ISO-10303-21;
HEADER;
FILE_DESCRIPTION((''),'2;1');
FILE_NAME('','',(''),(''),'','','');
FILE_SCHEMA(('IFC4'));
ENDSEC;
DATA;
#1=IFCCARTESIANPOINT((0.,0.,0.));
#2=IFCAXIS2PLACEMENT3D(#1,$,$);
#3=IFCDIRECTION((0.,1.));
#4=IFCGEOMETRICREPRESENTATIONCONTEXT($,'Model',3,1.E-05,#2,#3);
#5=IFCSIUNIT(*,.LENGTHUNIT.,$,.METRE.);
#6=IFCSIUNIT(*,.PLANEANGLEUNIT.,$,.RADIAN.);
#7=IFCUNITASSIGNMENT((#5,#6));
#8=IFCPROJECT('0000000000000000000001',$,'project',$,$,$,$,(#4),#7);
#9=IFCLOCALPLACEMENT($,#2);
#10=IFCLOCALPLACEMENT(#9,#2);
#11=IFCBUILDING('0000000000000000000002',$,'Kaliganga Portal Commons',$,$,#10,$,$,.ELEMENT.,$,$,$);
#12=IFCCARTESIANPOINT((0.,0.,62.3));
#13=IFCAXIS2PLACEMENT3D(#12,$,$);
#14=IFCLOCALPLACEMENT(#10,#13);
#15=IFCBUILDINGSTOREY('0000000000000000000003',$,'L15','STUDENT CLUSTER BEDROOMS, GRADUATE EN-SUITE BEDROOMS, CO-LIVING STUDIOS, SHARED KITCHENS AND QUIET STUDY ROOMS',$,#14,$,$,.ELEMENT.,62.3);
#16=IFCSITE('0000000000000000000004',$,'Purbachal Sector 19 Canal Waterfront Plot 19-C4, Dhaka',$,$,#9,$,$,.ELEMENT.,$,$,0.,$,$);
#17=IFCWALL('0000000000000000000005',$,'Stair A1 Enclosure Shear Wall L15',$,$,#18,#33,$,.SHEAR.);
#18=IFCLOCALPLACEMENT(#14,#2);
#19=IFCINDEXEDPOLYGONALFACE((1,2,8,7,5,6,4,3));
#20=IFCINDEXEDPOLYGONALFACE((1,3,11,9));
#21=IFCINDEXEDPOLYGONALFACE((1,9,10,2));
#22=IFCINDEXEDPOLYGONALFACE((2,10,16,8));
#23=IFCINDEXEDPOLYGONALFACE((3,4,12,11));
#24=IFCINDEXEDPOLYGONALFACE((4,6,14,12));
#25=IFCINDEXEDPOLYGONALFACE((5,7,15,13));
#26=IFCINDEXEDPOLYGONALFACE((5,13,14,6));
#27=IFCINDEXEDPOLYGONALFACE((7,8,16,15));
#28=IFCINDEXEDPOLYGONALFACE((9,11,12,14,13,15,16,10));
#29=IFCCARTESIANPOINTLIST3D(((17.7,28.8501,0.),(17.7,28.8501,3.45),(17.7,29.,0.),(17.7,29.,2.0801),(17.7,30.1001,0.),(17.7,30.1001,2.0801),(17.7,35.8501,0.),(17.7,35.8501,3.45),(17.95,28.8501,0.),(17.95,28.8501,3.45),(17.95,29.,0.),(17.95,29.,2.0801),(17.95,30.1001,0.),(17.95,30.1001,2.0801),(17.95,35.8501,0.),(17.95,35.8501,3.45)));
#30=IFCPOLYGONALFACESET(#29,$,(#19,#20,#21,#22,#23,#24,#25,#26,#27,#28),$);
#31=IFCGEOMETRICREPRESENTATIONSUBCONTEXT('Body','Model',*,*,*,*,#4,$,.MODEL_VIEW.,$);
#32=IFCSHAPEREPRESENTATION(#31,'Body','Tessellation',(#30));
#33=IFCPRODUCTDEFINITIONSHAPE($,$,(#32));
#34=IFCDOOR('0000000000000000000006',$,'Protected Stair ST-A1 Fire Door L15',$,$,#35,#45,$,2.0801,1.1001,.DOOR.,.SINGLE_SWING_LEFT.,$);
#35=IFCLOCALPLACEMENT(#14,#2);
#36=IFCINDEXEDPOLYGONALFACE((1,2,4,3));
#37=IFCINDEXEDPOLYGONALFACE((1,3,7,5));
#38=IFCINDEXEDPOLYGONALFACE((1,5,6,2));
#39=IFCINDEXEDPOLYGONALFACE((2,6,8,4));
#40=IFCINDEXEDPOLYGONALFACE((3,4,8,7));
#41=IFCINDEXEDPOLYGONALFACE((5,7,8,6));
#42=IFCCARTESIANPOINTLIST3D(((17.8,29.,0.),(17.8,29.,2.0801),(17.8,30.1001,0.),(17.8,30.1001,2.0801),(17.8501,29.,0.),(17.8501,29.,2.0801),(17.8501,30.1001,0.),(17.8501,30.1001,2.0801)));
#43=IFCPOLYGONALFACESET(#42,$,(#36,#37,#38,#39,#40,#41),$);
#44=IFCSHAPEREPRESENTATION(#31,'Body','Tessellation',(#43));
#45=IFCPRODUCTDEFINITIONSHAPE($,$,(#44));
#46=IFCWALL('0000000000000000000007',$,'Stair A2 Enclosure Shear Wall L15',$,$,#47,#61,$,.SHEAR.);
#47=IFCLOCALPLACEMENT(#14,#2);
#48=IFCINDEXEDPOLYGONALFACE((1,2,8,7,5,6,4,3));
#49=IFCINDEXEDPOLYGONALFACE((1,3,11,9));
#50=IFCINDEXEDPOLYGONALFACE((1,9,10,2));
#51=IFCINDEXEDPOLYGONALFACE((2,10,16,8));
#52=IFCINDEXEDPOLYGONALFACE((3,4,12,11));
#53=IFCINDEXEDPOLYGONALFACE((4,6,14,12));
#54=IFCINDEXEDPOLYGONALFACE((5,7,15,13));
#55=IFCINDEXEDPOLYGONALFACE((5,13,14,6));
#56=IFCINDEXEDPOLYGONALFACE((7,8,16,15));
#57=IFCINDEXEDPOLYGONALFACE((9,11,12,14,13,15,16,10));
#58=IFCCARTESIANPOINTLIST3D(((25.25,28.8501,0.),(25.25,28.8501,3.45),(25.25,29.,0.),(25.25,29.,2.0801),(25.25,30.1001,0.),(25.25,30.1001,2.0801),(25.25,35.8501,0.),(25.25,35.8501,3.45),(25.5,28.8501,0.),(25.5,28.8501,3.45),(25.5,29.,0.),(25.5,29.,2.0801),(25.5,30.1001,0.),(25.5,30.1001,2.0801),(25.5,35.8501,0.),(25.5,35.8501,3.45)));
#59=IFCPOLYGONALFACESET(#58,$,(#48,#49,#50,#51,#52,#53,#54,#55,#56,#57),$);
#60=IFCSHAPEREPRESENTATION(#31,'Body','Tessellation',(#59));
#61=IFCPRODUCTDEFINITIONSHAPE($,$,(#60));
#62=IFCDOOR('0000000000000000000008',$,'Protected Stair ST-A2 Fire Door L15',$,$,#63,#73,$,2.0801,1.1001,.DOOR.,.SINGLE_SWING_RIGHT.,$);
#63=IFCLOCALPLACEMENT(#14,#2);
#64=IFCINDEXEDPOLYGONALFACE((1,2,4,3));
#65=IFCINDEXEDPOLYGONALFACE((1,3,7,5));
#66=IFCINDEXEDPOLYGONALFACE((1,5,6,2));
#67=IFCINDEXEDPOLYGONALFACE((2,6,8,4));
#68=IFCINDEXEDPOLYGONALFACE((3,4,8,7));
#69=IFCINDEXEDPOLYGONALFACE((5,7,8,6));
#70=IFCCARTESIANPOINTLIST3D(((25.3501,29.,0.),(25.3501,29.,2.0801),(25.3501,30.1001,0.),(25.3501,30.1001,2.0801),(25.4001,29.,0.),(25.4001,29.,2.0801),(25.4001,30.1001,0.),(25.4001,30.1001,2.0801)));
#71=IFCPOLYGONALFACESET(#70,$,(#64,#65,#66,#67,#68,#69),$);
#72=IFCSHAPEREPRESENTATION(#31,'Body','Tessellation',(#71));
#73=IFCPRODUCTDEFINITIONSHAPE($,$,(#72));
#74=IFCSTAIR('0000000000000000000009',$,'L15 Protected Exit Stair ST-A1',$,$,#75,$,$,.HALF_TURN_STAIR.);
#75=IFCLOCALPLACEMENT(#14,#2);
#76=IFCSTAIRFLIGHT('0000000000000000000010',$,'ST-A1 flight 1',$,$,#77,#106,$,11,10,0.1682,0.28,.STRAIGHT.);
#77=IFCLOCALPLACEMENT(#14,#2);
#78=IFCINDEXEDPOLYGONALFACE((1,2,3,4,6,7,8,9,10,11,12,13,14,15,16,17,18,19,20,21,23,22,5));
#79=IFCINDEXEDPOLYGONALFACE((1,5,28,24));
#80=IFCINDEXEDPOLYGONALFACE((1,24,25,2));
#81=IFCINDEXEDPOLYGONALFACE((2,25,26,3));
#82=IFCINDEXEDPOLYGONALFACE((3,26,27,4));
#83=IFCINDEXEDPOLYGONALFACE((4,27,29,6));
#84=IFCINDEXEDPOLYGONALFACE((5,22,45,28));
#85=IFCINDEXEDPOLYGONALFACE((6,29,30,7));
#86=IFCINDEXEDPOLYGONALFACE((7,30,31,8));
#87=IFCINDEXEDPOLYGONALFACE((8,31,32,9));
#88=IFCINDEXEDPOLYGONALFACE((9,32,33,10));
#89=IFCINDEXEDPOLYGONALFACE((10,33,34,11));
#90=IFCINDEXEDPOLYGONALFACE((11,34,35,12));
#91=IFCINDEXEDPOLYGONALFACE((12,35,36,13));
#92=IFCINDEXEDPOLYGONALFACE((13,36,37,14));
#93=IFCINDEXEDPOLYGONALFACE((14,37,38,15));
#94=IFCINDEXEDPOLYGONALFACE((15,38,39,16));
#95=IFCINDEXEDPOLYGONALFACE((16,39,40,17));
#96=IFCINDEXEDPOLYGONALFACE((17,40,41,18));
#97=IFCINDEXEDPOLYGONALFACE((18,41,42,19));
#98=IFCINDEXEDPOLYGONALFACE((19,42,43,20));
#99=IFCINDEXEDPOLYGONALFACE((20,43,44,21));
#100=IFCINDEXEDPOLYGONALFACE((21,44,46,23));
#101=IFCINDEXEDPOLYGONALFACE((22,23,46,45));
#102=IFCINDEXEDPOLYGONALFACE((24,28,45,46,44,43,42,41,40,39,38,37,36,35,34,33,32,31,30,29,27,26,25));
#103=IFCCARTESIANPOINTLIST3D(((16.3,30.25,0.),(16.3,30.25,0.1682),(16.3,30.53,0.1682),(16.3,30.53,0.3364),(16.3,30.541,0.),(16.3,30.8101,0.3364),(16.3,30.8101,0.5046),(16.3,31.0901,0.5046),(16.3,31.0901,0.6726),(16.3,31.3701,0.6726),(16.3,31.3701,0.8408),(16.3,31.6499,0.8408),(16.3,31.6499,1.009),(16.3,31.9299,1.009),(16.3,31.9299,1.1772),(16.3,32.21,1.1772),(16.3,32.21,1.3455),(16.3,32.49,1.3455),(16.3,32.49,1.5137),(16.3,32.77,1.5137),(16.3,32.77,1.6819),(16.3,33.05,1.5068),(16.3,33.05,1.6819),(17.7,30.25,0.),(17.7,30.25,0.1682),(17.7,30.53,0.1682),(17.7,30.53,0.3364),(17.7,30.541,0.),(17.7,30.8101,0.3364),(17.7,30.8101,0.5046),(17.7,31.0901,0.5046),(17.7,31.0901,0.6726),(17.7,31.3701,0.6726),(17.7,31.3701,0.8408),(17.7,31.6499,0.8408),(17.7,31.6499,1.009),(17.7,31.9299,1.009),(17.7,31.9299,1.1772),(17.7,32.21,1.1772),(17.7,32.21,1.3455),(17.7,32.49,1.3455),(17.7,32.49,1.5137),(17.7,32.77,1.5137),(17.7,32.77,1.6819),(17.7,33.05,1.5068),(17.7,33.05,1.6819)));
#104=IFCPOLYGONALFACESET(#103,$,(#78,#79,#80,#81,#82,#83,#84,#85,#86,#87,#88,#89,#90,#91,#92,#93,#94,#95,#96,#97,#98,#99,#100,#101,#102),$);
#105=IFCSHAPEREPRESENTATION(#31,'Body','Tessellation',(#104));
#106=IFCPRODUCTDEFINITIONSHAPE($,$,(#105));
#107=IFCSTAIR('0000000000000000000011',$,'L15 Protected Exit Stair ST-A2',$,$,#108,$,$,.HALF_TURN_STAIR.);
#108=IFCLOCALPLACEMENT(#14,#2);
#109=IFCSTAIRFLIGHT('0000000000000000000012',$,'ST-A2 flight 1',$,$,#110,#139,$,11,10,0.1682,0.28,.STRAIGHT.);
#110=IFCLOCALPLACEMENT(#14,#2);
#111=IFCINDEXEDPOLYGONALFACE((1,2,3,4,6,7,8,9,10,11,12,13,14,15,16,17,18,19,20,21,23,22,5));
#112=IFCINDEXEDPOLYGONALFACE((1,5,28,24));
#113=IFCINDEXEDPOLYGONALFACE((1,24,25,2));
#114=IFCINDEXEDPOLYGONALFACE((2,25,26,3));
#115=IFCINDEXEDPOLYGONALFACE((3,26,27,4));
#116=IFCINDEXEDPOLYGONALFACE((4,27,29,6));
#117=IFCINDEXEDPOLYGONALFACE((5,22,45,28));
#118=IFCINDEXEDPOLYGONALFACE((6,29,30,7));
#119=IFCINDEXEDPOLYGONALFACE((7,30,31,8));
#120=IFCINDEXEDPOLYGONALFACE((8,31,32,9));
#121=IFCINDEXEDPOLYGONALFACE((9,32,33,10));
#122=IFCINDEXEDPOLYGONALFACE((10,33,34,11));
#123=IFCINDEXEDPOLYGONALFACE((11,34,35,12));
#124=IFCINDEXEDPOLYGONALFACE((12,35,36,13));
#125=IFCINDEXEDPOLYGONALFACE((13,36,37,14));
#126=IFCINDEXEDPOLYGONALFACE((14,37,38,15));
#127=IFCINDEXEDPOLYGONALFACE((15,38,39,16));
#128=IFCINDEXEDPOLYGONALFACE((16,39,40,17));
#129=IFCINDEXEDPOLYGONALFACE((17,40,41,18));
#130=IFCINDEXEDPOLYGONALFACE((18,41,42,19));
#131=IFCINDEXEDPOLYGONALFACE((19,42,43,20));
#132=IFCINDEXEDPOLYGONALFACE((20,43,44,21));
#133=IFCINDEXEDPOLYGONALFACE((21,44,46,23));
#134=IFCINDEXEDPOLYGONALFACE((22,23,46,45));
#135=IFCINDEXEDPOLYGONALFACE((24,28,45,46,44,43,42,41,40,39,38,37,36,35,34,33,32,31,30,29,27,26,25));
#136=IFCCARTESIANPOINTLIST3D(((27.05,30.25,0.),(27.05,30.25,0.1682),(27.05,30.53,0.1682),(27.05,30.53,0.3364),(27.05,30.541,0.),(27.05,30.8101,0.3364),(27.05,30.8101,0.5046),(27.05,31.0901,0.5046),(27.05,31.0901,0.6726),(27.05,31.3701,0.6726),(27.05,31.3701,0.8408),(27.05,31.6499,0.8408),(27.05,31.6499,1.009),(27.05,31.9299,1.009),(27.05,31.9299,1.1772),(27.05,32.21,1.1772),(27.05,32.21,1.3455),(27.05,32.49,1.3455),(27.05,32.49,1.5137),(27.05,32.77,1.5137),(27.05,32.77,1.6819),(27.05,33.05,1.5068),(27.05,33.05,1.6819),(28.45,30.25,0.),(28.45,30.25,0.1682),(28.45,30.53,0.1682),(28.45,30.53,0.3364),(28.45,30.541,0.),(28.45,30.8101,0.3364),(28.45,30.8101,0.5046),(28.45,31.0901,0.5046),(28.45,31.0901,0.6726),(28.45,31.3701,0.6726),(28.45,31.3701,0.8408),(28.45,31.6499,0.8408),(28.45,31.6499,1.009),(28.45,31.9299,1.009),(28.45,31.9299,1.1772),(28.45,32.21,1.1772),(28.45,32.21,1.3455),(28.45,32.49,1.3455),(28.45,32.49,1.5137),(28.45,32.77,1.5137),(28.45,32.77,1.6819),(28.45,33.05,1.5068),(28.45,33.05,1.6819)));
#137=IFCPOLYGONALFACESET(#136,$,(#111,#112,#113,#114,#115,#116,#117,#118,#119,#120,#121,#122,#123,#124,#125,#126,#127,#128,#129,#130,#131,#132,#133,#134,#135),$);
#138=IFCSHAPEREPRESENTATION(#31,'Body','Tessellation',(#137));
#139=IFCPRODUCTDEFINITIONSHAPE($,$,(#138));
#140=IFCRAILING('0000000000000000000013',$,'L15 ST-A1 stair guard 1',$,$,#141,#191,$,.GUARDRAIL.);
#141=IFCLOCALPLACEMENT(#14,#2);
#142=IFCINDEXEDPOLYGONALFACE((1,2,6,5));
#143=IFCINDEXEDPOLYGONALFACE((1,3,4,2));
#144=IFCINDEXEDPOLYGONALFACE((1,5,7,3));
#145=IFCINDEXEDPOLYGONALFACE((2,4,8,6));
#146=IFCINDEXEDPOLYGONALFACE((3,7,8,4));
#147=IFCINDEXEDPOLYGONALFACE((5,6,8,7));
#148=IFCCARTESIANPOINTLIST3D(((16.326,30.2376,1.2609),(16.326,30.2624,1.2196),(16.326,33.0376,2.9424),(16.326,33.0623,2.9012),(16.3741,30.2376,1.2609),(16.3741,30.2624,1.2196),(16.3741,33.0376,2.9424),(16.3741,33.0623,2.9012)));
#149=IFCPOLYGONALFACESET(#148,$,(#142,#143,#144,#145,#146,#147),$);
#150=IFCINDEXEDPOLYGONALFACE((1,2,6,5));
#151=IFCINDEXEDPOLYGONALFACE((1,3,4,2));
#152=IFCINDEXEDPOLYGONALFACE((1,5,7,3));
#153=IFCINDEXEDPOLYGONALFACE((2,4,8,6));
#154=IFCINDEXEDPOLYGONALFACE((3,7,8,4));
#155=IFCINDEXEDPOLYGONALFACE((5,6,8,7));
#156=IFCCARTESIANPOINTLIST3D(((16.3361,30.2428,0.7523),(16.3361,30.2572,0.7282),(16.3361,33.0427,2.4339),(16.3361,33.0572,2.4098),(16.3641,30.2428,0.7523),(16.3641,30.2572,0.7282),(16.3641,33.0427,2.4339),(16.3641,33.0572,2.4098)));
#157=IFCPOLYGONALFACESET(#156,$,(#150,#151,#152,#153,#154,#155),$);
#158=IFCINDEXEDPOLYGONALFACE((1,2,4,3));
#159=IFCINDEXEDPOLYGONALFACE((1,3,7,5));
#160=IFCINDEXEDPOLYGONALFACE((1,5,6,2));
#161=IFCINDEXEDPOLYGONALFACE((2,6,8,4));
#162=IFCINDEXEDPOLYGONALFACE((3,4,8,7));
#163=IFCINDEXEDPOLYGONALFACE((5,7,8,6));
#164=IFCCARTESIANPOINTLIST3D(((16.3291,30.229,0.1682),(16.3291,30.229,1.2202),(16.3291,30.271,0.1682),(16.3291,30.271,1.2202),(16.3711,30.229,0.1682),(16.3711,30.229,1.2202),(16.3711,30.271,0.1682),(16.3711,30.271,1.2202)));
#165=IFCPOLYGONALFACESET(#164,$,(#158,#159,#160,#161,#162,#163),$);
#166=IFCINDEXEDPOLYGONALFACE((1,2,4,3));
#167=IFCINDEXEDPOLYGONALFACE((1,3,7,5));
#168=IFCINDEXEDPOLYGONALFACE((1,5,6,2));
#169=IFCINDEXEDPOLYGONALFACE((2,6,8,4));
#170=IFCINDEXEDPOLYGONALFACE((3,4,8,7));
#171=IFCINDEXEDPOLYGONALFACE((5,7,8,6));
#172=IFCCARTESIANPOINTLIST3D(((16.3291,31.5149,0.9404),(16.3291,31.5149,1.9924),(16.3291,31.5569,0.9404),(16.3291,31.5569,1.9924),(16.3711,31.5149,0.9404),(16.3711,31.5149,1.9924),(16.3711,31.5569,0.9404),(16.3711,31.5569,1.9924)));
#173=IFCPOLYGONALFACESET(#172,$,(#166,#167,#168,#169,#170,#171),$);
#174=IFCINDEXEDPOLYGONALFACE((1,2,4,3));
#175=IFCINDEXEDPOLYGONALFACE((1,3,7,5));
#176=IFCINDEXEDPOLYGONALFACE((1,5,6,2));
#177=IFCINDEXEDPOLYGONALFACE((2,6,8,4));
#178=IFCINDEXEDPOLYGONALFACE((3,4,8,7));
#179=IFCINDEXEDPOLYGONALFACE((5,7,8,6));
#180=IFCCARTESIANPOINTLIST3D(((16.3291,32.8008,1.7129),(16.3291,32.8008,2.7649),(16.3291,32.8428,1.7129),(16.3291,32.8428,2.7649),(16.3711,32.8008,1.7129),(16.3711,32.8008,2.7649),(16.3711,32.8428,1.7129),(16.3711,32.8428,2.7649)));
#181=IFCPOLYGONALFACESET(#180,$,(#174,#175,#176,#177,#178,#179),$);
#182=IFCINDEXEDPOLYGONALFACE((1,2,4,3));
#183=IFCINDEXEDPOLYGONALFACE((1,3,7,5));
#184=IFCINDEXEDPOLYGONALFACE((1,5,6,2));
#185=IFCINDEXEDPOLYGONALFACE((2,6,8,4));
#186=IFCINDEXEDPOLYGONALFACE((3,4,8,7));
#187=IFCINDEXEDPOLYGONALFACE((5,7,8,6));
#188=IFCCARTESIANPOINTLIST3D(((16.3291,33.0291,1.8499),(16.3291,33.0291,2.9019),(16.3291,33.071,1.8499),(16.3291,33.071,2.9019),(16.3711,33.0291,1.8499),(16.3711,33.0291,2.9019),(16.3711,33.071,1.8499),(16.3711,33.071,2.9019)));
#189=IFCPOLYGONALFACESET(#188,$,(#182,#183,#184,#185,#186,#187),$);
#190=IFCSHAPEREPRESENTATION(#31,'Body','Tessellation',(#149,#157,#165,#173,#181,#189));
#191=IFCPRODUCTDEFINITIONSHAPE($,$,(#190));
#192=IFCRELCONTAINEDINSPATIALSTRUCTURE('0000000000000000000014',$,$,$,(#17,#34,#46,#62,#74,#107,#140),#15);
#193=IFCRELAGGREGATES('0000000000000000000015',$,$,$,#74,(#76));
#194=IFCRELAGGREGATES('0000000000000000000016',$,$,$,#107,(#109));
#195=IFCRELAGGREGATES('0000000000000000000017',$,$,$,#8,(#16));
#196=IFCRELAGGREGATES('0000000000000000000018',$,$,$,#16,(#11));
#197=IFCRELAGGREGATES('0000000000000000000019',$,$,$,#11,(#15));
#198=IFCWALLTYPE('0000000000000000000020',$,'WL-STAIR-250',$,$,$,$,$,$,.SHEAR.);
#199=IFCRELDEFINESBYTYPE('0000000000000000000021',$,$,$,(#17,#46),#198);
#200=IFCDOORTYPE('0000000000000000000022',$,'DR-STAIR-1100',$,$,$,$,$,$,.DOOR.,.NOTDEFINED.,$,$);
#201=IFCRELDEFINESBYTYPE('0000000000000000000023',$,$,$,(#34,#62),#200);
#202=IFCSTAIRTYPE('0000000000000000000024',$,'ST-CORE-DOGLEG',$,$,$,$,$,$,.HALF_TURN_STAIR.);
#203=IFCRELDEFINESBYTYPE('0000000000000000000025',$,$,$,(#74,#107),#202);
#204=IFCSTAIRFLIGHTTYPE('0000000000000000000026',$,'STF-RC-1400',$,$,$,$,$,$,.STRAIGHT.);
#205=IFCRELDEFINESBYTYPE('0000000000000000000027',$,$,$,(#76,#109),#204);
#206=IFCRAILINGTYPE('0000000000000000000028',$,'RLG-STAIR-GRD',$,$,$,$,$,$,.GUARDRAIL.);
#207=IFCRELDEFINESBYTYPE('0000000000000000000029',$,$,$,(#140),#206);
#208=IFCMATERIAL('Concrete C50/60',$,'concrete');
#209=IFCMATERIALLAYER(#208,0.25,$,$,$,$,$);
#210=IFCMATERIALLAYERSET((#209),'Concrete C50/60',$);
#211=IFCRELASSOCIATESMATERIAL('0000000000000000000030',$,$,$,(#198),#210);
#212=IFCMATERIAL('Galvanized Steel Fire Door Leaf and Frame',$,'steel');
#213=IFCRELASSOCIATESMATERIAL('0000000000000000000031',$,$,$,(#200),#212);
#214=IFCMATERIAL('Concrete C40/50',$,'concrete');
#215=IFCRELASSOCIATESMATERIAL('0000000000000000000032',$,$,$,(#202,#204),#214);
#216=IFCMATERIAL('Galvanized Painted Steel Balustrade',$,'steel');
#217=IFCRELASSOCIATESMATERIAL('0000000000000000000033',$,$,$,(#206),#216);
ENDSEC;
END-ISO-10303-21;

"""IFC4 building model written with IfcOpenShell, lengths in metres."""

from ifc_helpers import new_model, si_unit, direction, frame, frame_2d, origin, origin_2d, place, context, subcontext, project, spatial, polyline, rectangle, outline, extrude, material, layer, layer_set, type_object, element, fill, aggregate, save


model = new_model("IFC4")

# Units and contexts
model_context = context("Model", 3, precision=1e-05, world=origin(), true_north=direction((0.0, 1.0)))
body_context = subcontext(model_context, "Body", "Model", "MODEL_VIEW")
ifc_project = project(units=[si_unit("LENGTHUNIT", "METRE"), si_unit("PLANEANGLEUNIT", "RADIAN")], contexts=[model_context])

# Site, building, storey
site_placement = place(None, origin())
site = spatial("IfcSite", under=ifc_project, at=site_placement, Name="Purbachal Sector 19 Canal Waterfront Plot 19-C4, Dhaka", CompositionType="ELEMENT", RefElevation=0.0)
building_placement = place(site_placement, origin())
building = spatial("IfcBuilding", under=site, at=building_placement, Name="Kaliganga Portal Commons", CompositionType="ELEMENT")
storey_placement = place(building_placement, frame((0.0, 0.0, 62.3)))
storey = spatial("IfcBuildingStorey", under=building, at=storey_placement, Name="L15", Description="STUDENT CLUSTER BEDROOMS, GRADUATE EN-SUITE BEDROOMS, CO-LIVING STUDIOS, SHARED KITCHENS AND QUIET STUDY ROOMS", CompositionType="ELEMENT", Elevation=62.3)

# Walls, openings, doors
ifc_material_1 = material(Name="Concrete C50/60", Category="concrete")
ifc_layer_1 = layer(ifc_material_1, 0.25)
ifc_layer_set_1 = layer_set([ifc_layer_1], Name="Concrete C50/60")
wall_type_1 = type_object("IfcWallType", Name="WL-STAIR-250", PredefinedType="SHEAR", material=ifc_layer_set_1)
wall_1_placement = place(storey_placement, frame((17.825, 28.8501, 0.0), z_axis=(0.0, 0.0, 1.0), x_axis=(0.0, 1.0, 0.0)))
wall_1 = element("IfcWall", 1, at=wall_1_placement, inside=storey, type_object=wall_type_1, Name="Stair A1 Enclosure Shear Wall L15", PredefinedType="SHEAR", context=body_context, shape_type="SweptSolid", body=[
    extrude(rectangle(XDim=7.0, YDim=0.25, at=frame_2d((3.5, 0.0))), origin(), (0.0, 0.0, 1.0), 3.45),
])
opening_1_placement = place(wall_1_placement, frame((0.1499, 0.0, 0.0)))
opening_1 = element("IfcOpeningElement", 2, at=opening_1_placement, cuts=wall_1, PredefinedType="OPENING", context=body_context, shape_type="SweptSolid", body=[
    extrude(rectangle(XDim=1.1001, YDim=2.0801, at=frame_2d((0.55, 1.04))), frame((0.0, 0.135, 0.0), z_axis=(0.0, -1.0, 0.0), x_axis=(1.0, 0.0, 0.0)), (0.0, 0.0, 1.0), 0.27),
])
ifc_material_2 = material(Name="Galvanized Steel Fire Door Leaf and Frame", Category="steel")
door_type_1 = type_object("IfcDoorType", Name="DR-STAIR-1100", OperationType="NOTDEFINED", PredefinedType="DOOR", material=ifc_material_2)
door_1_placement = place(opening_1_placement, origin())
door_1 = element("IfcDoor", 3, at=door_1_placement, inside=storey, type_object=door_type_1, Name="Protected Stair ST-A1 Fire Door L15", OperationType="SINGLE_SWING_LEFT", OverallHeight=2.0801, OverallWidth=1.1001, PredefinedType="DOOR", context=body_context, shape_type="SweptSolid", body=[
    extrude(rectangle(XDim=1.1001, YDim=2.0801, at=frame_2d((0.55, 1.04))), frame((0.0, 0.0249, 0.0), z_axis=(0.0, -1.0, 0.0), x_axis=(1.0, 0.0, 0.0)), (0.0, 0.0, 1.0), 0.05),
])
fill(opening_1, door_1)
wall_2_placement = place(storey_placement, frame((25.375, 28.8501, 0.0), z_axis=(0.0, 0.0, 1.0), x_axis=(0.0, 1.0, 0.0)))
wall_2 = element("IfcWall", 4, at=wall_2_placement, inside=storey, type_object=wall_type_1, Name="Stair A2 Enclosure Shear Wall L15", PredefinedType="SHEAR", context=body_context, shape_type="SweptSolid", body=[
    extrude(rectangle(XDim=7.0, YDim=0.25, at=frame_2d((3.5, 0.0))), origin(), (0.0, 0.0, 1.0), 3.45),
])
opening_2_placement = place(wall_2_placement, frame((0.1499, 0.0, 0.0)))
opening_2 = element("IfcOpeningElement", 5, at=opening_2_placement, cuts=wall_2, PredefinedType="OPENING", context=body_context, shape_type="SweptSolid", body=[
    extrude(rectangle(XDim=1.1001, YDim=2.0801, at=frame_2d((0.55, 1.04))), frame((0.0, 0.135, 0.0), z_axis=(0.0, -1.0, 0.0), x_axis=(1.0, 0.0, 0.0)), (0.0, 0.0, 1.0), 0.27),
])
door_2_placement = place(opening_2_placement, origin())
door_2 = element("IfcDoor", 6, at=door_2_placement, inside=storey, type_object=door_type_1, Name="Protected Stair ST-A2 Fire Door L15", OperationType="SINGLE_SWING_RIGHT", OverallHeight=2.0801, OverallWidth=1.1001, PredefinedType="DOOR", context=body_context, shape_type="SweptSolid", body=[
    extrude(rectangle(XDim=1.1001, YDim=2.0801, at=frame_2d((0.55, 1.04))), frame((0.0, 0.0249, 0.0), z_axis=(0.0, -1.0, 0.0), x_axis=(1.0, 0.0, 0.0)), (0.0, 0.0, 1.0), 0.05),
])
fill(opening_2, door_2)

# Stairs, stair flights
ifc_material_3 = material(Name="Concrete C40/50", Category="concrete")
stair_type = type_object("IfcStairType", Name="ST-CORE-DOGLEG", PredefinedType="HALF_TURN_STAIR", material=ifc_material_3)
stair_1_placement = place(storey_placement, origin())
stair_1 = element("IfcStair", 7, at=stair_1_placement, inside=storey, type_object=stair_type, Name="L15 Protected Exit Stair ST-A1", PredefinedType="HALF_TURN_STAIR")
stair_flight_type = type_object("IfcStairFlightType", Name="STF-RC-1400", PredefinedType="STRAIGHT", material=ifc_material_3)
stair_flight_1_placement = place(storey_placement, frame((17.0, 30.25, 0.0), z_axis=(0.0, 0.0, 1.0), x_axis=(0.0, 1.0, 0.0)))
stair_flight_1 = element("IfcStairFlight", 8, at=stair_flight_1_placement, type_object=stair_flight_type, Name="ST-A1 flight 1", NumberOfRisers=11, NumberOfTreads=10, PredefinedType="STRAIGHT", RiserHeight=0.1682, TreadLength=0.28, context=body_context, shape_type="SweptSolid", body=[
    extrude(outline(polyline([(0.0, 0.0), (0.0, 0.1682), (0.28, 0.1682), (0.28, 0.3364), (0.5601, 0.3364), (0.5601, 0.5046), (0.8401, 0.5046), (0.8401, 0.6726), (1.1201, 0.6726), (1.1201, 0.8408), (1.3999, 0.8408), (1.3999, 1.009), (1.6799, 1.009), (1.6799, 1.1772), (1.96, 1.1772), (1.96, 1.3455), (2.24, 1.3455), (2.24, 1.5137), (2.52, 1.5137), (2.52, 1.6819), (2.8, 1.6819), (2.8, 1.8501), (2.8, 1.5068), (0.291, 0.0), (0.0, 0.0)])), frame((0.0, 0.7, 0.0), z_axis=(0.0, -1.0, 0.0), x_axis=(1.0, 0.0, 0.0)), (0.0, 0.0, 1.0), 1.3999),
])
aggregate(stair_1, [stair_flight_1])
stair_2_placement = place(storey_placement, origin())
stair_2 = element("IfcStair", 9, at=stair_2_placement, inside=storey, type_object=stair_type, Name="L15 Protected Exit Stair ST-A2", PredefinedType="HALF_TURN_STAIR")
stair_flight_2_placement = place(storey_placement, frame((27.75, 30.25, 0.0), z_axis=(0.0, 0.0, 1.0), x_axis=(0.0, 1.0, 0.0)))
stair_flight_2 = element("IfcStairFlight", 10, at=stair_flight_2_placement, type_object=stair_flight_type, Name="ST-A2 flight 1", NumberOfRisers=11, NumberOfTreads=10, PredefinedType="STRAIGHT", RiserHeight=0.1682, TreadLength=0.28, context=body_context, shape_type="SweptSolid", body=[
    extrude(outline(polyline([(0.0, 0.0), (0.0, 0.1682), (0.28, 0.1682), (0.28, 0.3364), (0.5601, 0.3364), (0.5601, 0.5046), (0.8401, 0.5046), (0.8401, 0.6726), (1.1201, 0.6726), (1.1201, 0.8408), (1.3999, 0.8408), (1.3999, 1.009), (1.6799, 1.009), (1.6799, 1.1772), (1.96, 1.1772), (1.96, 1.3455), (2.24, 1.3455), (2.24, 1.5137), (2.52, 1.5137), (2.52, 1.6819), (2.8, 1.6819), (2.8, 1.8501), (2.8, 1.5068), (0.291, 0.0), (0.0, 0.0)])), frame((0.0, 0.7, 0.0), z_axis=(0.0, -1.0, 0.0), x_axis=(1.0, 0.0, 0.0)), (0.0, 0.0, 1.0), 1.3999),
])
aggregate(stair_2, [stair_flight_2])

# Railing
ifc_material_4 = material(Name="Galvanized Painted Steel Balustrade", Category="steel")
railing_type_1 = type_object("IfcRailingType", Name="RLG-STAIR-GRD", PredefinedType="GUARDRAIL", material=ifc_material_4)
railing_1_placement = place(storey_placement, frame((16.3501, 30.25, 0.1682)))
element("IfcRailing", 11, at=railing_1_placement, inside=storey, type_object=railing_type_1, Name="L15 ST-A1 stair guard 1", PredefinedType="GUARDRAIL", context=body_context, shape_type="SweptSolid", body=[
    extrude(rectangle(XDim=0.0481, YDim=0.0481, at=origin_2d()), frame((0.0, 0.0, 1.072), z_axis=(0.0, 0.857275, 0.514858), x_axis=(-1.0, 0.0, 0.0)), (0.0, 0.0, 1.0), 3.2661),
    extrude(rectangle(XDim=0.0281, YDim=0.0281, at=origin_2d()), frame((0.0, 0.0, 0.572), z_axis=(0.0, 0.857275, 0.514858), x_axis=(-1.0, 0.0, 0.0)), (0.0, 0.0, 1.0), 3.2661),
    extrude(rectangle(XDim=0.042, YDim=0.042, at=origin_2d()), origin(), (0.0, 0.0, 1.0), 1.052),
    extrude(rectangle(XDim=0.042, YDim=0.042, at=origin_2d()), frame((0.0, 1.2859, 0.7722)), (0.0, 0.0, 1.0), 1.052),
    extrude(rectangle(XDim=0.042, YDim=0.042, at=origin_2d()), frame((0.0, 2.5718, 1.5447)), (0.0, 0.0, 1.0), 1.052),
    extrude(rectangle(XDim=0.042, YDim=0.042, at=origin_2d()), frame((0.0, 2.8, 1.6816)), (0.0, 0.0, 1.0), 1.052),
])

save(model, "model.ifc")
